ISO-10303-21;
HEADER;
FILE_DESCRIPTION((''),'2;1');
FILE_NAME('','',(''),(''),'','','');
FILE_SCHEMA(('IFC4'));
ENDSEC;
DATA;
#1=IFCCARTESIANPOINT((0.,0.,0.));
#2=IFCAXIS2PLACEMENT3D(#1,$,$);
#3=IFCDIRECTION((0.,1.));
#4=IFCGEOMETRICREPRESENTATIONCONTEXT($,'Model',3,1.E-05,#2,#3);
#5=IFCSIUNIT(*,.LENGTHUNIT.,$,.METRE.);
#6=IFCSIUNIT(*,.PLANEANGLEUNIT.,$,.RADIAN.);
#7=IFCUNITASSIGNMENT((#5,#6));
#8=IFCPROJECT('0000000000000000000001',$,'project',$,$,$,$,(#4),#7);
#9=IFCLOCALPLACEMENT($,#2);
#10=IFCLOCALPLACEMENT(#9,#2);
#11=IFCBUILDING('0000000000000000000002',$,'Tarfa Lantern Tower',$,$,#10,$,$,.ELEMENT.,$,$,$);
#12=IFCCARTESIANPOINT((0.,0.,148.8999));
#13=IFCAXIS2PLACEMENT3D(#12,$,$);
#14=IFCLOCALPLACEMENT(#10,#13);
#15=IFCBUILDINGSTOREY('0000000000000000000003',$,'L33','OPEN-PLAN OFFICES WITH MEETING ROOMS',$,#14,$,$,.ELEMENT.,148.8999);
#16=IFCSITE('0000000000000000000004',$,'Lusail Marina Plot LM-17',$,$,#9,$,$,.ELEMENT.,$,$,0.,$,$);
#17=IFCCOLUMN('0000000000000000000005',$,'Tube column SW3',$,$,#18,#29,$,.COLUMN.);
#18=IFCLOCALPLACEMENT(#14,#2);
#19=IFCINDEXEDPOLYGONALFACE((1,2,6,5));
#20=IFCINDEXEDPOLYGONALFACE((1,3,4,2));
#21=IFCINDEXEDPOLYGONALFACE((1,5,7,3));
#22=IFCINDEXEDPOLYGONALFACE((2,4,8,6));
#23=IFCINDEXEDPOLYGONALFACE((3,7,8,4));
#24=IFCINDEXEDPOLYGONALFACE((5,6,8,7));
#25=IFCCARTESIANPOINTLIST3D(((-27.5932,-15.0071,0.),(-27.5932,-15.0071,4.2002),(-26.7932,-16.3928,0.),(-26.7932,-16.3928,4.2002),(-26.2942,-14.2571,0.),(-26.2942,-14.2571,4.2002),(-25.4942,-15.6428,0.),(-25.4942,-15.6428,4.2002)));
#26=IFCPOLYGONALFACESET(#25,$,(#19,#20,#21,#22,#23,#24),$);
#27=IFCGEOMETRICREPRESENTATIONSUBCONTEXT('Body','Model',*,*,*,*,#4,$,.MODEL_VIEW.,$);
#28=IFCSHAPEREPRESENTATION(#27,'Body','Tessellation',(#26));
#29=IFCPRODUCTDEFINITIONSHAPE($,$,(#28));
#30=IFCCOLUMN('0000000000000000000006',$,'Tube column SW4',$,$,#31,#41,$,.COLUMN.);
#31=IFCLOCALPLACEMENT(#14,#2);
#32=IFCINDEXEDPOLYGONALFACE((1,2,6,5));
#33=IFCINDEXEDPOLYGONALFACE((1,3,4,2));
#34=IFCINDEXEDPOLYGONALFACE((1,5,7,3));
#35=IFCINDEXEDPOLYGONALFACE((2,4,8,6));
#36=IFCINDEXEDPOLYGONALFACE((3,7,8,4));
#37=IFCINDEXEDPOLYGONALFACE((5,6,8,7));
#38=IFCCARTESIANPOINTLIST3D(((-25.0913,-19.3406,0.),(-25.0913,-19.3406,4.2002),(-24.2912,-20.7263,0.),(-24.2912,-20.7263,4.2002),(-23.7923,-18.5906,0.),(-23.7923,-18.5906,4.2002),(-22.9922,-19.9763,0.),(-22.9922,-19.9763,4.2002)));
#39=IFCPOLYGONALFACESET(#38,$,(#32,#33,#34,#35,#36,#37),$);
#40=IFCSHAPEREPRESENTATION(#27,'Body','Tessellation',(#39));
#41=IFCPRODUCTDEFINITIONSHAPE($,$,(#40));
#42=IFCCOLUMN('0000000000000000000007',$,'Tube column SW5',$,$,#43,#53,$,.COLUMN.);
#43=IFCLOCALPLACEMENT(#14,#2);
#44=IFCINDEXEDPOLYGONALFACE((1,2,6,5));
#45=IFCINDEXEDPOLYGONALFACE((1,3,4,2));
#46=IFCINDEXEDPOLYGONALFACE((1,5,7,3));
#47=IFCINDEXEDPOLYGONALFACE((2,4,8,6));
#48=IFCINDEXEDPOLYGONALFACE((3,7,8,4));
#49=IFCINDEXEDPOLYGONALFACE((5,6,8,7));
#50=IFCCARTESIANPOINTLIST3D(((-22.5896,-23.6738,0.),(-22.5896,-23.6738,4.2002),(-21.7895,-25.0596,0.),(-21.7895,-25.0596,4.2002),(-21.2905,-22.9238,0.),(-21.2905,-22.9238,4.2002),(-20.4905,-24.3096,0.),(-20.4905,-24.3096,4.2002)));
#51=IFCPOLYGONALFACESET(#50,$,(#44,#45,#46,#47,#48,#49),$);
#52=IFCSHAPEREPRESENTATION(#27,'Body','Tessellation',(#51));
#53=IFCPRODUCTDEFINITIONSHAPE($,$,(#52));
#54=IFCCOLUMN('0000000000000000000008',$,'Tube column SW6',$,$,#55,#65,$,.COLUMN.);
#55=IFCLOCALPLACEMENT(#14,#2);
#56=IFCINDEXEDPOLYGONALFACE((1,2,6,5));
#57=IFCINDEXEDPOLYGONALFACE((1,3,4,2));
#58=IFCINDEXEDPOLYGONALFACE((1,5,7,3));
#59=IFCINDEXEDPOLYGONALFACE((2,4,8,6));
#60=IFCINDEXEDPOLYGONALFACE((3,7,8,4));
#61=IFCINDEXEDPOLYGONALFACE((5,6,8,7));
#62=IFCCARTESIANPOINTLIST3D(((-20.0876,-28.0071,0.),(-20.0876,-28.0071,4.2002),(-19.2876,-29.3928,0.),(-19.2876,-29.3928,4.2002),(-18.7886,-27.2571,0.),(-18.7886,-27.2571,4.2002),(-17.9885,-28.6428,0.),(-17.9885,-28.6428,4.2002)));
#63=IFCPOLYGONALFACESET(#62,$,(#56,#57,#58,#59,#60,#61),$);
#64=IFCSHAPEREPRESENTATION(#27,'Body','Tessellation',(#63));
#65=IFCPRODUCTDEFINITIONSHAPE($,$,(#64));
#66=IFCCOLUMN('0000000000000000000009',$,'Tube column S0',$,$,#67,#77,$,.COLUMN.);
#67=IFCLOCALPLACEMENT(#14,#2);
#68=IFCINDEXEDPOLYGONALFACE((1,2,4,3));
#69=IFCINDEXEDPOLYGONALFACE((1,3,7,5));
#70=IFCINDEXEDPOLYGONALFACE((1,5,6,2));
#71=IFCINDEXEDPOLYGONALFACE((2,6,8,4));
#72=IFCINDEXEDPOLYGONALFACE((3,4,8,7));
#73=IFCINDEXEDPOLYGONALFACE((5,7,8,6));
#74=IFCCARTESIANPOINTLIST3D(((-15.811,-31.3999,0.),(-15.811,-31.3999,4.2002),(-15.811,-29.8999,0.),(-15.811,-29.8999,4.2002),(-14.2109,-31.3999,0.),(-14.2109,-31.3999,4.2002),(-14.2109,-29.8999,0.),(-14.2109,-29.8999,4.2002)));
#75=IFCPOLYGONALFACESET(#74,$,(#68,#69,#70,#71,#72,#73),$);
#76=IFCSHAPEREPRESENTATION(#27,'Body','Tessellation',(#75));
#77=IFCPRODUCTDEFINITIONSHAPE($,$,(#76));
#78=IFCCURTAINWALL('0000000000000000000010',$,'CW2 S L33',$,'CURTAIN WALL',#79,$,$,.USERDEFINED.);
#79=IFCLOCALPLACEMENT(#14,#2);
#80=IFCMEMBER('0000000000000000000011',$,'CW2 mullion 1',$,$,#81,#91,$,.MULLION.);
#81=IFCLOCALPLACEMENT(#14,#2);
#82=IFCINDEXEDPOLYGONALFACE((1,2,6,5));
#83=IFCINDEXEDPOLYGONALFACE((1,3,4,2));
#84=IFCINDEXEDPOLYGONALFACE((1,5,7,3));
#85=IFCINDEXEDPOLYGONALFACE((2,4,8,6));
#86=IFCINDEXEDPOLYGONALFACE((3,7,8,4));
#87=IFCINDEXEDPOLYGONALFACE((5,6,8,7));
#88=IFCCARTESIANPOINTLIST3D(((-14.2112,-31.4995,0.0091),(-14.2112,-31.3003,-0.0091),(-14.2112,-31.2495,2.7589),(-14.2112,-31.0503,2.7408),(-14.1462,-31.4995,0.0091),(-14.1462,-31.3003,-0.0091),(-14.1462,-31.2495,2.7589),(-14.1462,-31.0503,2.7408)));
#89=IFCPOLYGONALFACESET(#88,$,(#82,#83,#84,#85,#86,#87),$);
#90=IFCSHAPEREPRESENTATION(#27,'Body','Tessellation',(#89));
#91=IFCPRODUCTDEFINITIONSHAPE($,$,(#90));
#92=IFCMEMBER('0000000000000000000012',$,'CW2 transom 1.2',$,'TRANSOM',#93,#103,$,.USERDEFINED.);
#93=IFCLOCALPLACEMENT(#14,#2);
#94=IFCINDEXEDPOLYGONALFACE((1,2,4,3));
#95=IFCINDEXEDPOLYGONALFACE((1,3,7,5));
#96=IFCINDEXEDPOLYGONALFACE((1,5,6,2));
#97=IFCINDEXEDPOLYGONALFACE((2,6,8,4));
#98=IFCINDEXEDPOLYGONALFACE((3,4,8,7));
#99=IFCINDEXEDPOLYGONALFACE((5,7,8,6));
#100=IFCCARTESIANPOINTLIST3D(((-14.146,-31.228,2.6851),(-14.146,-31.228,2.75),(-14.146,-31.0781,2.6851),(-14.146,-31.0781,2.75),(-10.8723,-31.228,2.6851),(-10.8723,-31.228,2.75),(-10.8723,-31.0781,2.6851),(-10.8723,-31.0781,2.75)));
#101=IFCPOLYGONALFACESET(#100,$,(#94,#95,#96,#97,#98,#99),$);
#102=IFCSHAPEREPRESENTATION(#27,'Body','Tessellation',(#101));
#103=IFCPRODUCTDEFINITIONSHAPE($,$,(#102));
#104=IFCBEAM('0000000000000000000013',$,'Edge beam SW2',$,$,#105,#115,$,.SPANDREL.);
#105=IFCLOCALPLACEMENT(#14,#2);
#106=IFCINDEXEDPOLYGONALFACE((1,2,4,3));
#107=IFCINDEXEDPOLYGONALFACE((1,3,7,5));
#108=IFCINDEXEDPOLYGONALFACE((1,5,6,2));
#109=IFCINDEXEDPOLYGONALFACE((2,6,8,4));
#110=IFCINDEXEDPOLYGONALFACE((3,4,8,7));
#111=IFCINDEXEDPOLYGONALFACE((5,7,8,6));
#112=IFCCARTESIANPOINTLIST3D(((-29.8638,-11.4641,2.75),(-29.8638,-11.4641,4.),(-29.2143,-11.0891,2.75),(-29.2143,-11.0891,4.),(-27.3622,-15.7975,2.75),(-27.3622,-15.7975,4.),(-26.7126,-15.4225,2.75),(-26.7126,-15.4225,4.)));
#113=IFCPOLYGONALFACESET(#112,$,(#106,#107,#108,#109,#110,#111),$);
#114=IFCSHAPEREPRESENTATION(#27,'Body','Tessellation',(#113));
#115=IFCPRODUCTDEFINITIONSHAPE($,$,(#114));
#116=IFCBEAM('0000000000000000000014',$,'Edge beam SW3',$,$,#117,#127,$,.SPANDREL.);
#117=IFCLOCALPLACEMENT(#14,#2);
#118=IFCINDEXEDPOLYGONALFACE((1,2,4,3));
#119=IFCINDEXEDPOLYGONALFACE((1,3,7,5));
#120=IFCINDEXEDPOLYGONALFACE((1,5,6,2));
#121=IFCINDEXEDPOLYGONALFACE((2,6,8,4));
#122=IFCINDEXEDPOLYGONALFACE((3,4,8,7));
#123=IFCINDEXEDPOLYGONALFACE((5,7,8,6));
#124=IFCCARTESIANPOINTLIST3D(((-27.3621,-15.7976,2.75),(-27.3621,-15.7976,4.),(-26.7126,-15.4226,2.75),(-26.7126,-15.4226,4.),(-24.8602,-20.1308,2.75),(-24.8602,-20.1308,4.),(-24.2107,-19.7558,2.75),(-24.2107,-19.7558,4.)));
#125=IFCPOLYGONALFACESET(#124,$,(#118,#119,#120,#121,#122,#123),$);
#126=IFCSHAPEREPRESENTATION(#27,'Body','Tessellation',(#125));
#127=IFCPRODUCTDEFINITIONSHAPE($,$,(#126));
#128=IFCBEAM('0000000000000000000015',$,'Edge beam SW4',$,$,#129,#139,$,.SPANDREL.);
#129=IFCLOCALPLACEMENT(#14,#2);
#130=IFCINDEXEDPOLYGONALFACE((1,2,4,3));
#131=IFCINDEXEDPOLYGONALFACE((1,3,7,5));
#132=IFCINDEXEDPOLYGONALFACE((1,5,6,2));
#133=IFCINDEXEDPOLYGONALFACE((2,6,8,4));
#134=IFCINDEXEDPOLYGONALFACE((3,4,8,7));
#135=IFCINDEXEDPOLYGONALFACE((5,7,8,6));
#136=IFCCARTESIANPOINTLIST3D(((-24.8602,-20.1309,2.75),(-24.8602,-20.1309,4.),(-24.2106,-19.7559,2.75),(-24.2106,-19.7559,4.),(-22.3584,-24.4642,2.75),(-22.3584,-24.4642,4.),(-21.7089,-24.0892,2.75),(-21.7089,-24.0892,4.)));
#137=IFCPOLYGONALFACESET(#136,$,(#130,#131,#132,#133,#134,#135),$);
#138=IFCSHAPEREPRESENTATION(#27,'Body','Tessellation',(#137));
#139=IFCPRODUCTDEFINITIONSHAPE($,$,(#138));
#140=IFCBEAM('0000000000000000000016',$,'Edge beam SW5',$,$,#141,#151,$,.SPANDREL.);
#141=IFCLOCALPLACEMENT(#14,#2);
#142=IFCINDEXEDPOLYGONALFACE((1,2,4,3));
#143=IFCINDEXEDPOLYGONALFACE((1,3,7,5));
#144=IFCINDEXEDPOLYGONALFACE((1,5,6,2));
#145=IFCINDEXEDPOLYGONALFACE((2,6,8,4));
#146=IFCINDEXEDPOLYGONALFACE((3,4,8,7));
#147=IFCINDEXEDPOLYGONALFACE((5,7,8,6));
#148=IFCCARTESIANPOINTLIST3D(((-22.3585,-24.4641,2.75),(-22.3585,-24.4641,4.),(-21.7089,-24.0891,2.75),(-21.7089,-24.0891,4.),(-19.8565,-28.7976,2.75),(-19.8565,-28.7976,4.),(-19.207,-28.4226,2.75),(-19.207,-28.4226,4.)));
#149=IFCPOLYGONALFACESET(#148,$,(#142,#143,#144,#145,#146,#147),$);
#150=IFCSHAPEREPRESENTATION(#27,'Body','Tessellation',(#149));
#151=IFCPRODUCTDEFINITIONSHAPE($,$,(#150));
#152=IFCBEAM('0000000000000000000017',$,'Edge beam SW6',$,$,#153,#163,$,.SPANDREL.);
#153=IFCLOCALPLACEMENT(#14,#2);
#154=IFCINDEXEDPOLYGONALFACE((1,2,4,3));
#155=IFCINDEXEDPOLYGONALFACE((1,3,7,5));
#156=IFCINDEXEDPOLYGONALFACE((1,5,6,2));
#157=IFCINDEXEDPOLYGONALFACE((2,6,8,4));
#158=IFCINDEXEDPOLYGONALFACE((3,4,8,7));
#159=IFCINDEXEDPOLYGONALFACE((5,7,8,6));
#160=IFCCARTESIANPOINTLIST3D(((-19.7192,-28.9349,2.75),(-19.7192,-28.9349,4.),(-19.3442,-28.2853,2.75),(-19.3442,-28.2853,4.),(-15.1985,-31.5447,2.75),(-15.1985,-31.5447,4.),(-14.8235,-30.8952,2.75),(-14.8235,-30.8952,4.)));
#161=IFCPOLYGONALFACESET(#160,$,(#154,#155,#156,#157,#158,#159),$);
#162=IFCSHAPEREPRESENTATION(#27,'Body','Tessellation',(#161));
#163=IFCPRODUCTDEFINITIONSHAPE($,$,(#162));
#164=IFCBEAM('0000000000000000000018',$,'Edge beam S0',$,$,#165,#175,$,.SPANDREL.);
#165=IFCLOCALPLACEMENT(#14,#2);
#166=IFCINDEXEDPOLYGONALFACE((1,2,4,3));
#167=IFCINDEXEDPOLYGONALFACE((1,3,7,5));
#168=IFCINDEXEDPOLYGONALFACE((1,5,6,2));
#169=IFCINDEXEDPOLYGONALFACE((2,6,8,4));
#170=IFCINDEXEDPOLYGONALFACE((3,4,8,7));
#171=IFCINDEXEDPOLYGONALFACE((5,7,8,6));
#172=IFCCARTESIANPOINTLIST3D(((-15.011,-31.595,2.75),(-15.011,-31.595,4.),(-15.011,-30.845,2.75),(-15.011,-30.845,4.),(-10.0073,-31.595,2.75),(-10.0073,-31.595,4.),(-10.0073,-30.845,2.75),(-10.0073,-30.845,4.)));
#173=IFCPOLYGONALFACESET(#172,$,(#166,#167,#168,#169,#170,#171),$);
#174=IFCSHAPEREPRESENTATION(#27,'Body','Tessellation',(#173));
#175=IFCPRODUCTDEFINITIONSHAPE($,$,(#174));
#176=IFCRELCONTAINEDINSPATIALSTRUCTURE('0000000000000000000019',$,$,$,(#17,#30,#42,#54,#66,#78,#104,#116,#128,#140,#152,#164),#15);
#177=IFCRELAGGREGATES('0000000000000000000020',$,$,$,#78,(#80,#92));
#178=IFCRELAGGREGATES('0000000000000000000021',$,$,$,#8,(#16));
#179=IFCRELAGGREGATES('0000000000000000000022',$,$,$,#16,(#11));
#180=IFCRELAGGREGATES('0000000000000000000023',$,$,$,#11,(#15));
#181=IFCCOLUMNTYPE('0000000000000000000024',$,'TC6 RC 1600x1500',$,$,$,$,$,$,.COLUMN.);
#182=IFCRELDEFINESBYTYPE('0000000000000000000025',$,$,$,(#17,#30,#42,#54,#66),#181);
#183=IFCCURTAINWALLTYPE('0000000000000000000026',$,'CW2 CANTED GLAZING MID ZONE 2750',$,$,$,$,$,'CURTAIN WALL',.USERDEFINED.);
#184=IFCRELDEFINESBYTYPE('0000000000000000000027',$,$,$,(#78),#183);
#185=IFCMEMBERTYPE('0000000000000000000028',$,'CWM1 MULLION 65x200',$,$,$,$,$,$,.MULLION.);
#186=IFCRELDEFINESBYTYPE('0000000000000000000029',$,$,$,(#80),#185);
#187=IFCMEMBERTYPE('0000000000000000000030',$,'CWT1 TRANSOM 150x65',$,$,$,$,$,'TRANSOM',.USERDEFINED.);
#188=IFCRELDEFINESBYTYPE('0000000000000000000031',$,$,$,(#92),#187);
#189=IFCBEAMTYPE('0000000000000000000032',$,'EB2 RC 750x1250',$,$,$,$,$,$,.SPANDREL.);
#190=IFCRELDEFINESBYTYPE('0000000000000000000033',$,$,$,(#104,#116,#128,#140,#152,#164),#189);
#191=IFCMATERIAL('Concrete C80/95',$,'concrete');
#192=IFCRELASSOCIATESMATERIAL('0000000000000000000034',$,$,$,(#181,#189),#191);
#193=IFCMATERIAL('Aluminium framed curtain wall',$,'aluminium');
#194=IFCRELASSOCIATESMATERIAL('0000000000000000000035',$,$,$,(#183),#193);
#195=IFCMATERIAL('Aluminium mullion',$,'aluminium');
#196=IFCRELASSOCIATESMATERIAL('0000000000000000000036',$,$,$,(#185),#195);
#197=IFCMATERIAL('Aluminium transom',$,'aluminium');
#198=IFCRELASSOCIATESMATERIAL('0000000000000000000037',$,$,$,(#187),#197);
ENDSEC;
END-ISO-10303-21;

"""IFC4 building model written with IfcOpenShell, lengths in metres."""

from ifc_helpers import new_model, si_unit, direction, frame, origin, origin_2d, place, context, subcontext, project, spatial, rectangle, extrude, material, material_profile, profile_set, type_object, element, aggregate, save


model = new_model("IFC4")

# Units and contexts
model_context = context("Model", 3, precision=1e-05, world=origin(), true_north=direction((0.0, 1.0)))
body_context = subcontext(model_context, "Body", "Model", "MODEL_VIEW")
ifc_project = project(units=[si_unit("LENGTHUNIT", "METRE"), si_unit("PLANEANGLEUNIT", "RADIAN")], contexts=[model_context])

# Site, building, storey
site_placement = place(None, origin())
site = spatial("IfcSite", under=ifc_project, at=site_placement, Name="Lusail Marina Plot LM-17", CompositionType="ELEMENT", RefElevation=0.0)
building_placement = place(site_placement, origin())
building = spatial("IfcBuilding", under=site, at=building_placement, Name="Tarfa Lantern Tower", CompositionType="ELEMENT")
storey_placement = place(building_placement, frame((0.0, 0.0, 148.8999)))
storey = spatial("IfcBuildingStorey", under=building, at=storey_placement, Name="L33", Description="OPEN-PLAN OFFICES WITH MEETING ROOMS", CompositionType="ELEMENT", Elevation=148.8999)

# Columns
ifc_material_1 = material(Name="Concrete C80/95", Category="concrete")
ifc_material_profile_1 = material_profile(ifc_material_1, rectangle(XDim=1.6001, YDim=1.5, at=origin_2d()), Name="RC 1600x1500")
ifc_profile_set_1 = profile_set([ifc_material_profile_1], Name="Concrete C80/95")
column_type = type_object("IfcColumnType", Name="TC6 RC 1600x1500", PredefinedType="COLUMN", material=ifc_profile_set_1)
for number, where, z_axis, x_axis, name in (
    (1, (-26.5437, -15.325, 0.0), (0.0, 0.0, 1.0), (0.5, -0.866025, 0.0), "Tube column SW3"),
    (2, (-24.0417, -19.6584, 0.0), (0.0, 0.0, 1.0), (0.5, -0.866025, 0.0), "Tube column SW4"),
    (3, (-21.54, -23.9917, 0.0), (0.0, 0.0, 1.0), (0.5, -0.866025, 0.0), "Tube column SW5"),
    (4, (-19.0381, -28.325, 0.0), (0.0, 0.0, 1.0), (0.5, -0.866025, 0.0), "Tube column SW6"),
    (5, (-15.011, -30.6499, 0.0), (0.0, 0.0, 1.0), (1.0, 0.0, 0.0), "Tube column S0"),
):
    element("IfcColumn", number, at=place(storey_placement, frame(where, z_axis=z_axis, x_axis=x_axis)), inside=storey, type_object=column_type, Name=name, PredefinedType="COLUMN", context=body_context, shape_type="SweptSolid", body=[
        extrude(rectangle(XDim=1.6001, YDim=1.5, at=origin_2d()), origin(), (0.0, 0.0, 1.0), 4.2002),
    ])

# Curtain wall, members
ifc_material_2 = material(Name="Aluminium framed curtain wall", Category="aluminium")
curtain_wall_type = type_object("IfcCurtainWallType", Name="CW2 CANTED GLAZING MID ZONE 2750", ElementType="CURTAIN WALL", PredefinedType="USERDEFINED", material=ifc_material_2)
curtain_wall_placement = place(storey_placement, origin())
curtain_wall = element("IfcCurtainWall", 6, at=curtain_wall_placement, inside=storey, type_object=curtain_wall_type, Name="CW2 S L33", ObjectType="CURTAIN WALL", PredefinedType="USERDEFINED")
ifc_material_3 = material(Name="Aluminium mullion", Category="aluminium")
ifc_material_profile_2 = material_profile(ifc_material_3, rectangle(XDim=0.0649, YDim=0.2, at=origin_2d()), Name="AL MULLION 65x200")
ifc_profile_set_2 = profile_set([ifc_material_profile_2], Name="Aluminium mullion")
member_type_1 = type_object("IfcMemberType", Name="CWM1 MULLION 65x200", PredefinedType="MULLION", material=ifc_profile_set_2)
member_1_placement = place(storey_placement, frame((-14.1787, -31.3999, 0.0), z_axis=(0.0, 0.090536, 0.995893), x_axis=(-1.0, 0.0, 0.0)))
member_1 = element("IfcMember", 7, at=member_1_placement, type_object=member_type_1, Name="CW2 mullion 1", PredefinedType="MULLION", context=body_context, shape_type="SweptSolid", body=[
    extrude(rectangle(XDim=0.0649, YDim=0.2, at=origin_2d()), origin(), (0.0, 0.0, 1.0), 2.7612),
])
ifc_material_4 = material(Name="Aluminium transom", Category="aluminium")
ifc_material_profile_3 = material_profile(ifc_material_4, rectangle(XDim=0.1499, YDim=0.0649, at=origin_2d()), Name="AL TRANSOM 150x65")
ifc_profile_set_3 = profile_set([ifc_material_profile_3], Name="Aluminium transom")
member_type_2 = type_object("IfcMemberType", Name="CWT1 TRANSOM 150x65", ElementType="TRANSOM", PredefinedType="USERDEFINED", material=ifc_profile_set_3)
member_2_placement = place(storey_placement, frame((-14.146, -31.1531, 2.7175), z_axis=(1.0, 0.0, 0.0), x_axis=(0.0, 1.0, 0.0)))
member_2 = element("IfcMember", 8, at=member_2_placement, type_object=member_type_2, Name="CW2 transom 1.2", ObjectType="TRANSOM", PredefinedType="USERDEFINED", context=body_context, shape_type="SweptSolid", body=[
    extrude(rectangle(XDim=0.1499, YDim=0.0649, at=origin_2d()), origin(), (0.0, 0.0, 1.0), 3.2737),
])

# Beams
ifc_material_profile_4 = material_profile(ifc_material_1, rectangle(XDim=0.75, YDim=1.25, at=origin_2d()), Name="RC 750x1250")
ifc_profile_set_4 = profile_set([ifc_material_profile_4], Name="Concrete C80/95")
beam_type_1 = type_object("IfcBeamType", Name="EB2 RC 750x1250", PredefinedType="SPANDREL", material=ifc_profile_set_4)
for number, where, z_axis, x_axis, name in (
    (9, (-29.5391, -11.2766, 3.375), (0.499965, -0.866046, 0.0), (0.866046, 0.499965, 0.0), "Edge beam SW2"),
    (10, (-27.0374, -15.6101, 3.375), (0.500022, -0.866013, 0.0), (0.866013, 0.500022, 0.0), "Edge beam SW3"),
    (11, (-24.5354, -19.9434, 3.375), (0.499986, -0.866034, 0.0), (0.866034, 0.499986, 0.0), "Edge beam SW4"),
):
    element("IfcBeam", number, at=place(storey_placement, frame(where, z_axis=z_axis, x_axis=x_axis)), inside=storey, type_object=beam_type_1, Name=name, PredefinedType="SPANDREL", context=body_context, shape_type="SweptSolid", body=[
        extrude(rectangle(XDim=0.75, YDim=1.25, at=origin_2d()), origin(), (0.0, 0.0, 1.0), 5.0037),
    ])
beam_1_placement = place(storey_placement, frame((-22.0337, -24.2766, 3.375), z_axis=(0.500001, -0.866025, 0.0), x_axis=(0.866025, 0.500001, 0.0)))
element("IfcBeam", 12, at=beam_1_placement, inside=storey, type_object=beam_type_1, Name="Edge beam SW5", PredefinedType="SPANDREL", context=body_context, shape_type="SweptSolid", body=[
    extrude(rectangle(XDim=0.75, YDim=1.25, at=origin_2d()), origin(), (0.0, 0.0, 1.0), 5.0039),
])
beam_2_placement = place(storey_placement, frame((-19.5317, -28.6101, 3.375), z_axis=(0.866042, -0.499972, 0.0), x_axis=(0.499972, 0.866042, 0.0)))
element("IfcBeam", 13, at=beam_2_placement, inside=storey, type_object=beam_type_1, Name="Edge beam SW6", PredefinedType="SPANDREL", context=body_context, shape_type="SweptSolid", body=[
    extrude(rectangle(XDim=0.75, YDim=1.25, at=origin_2d()), origin(), (0.0, 0.0, 1.0), 5.22),
])
beam_3_placement = place(storey_placement, frame((-15.011, -31.22, 3.375), z_axis=(1.0, 0.0, 0.0), x_axis=(0.0, 1.0, 0.0)))
element("IfcBeam", 14, at=beam_3_placement, inside=storey, type_object=beam_type_1, Name="Edge beam S0", PredefinedType="SPANDREL", context=body_context, shape_type="SweptSolid", body=[
    extrude(rectangle(XDim=0.75, YDim=1.25, at=origin_2d()), origin(), (0.0, 0.0, 1.0), 5.0037),
])

aggregate(curtain_wall, [member_1, member_2])

save(model, "model.ifc")
